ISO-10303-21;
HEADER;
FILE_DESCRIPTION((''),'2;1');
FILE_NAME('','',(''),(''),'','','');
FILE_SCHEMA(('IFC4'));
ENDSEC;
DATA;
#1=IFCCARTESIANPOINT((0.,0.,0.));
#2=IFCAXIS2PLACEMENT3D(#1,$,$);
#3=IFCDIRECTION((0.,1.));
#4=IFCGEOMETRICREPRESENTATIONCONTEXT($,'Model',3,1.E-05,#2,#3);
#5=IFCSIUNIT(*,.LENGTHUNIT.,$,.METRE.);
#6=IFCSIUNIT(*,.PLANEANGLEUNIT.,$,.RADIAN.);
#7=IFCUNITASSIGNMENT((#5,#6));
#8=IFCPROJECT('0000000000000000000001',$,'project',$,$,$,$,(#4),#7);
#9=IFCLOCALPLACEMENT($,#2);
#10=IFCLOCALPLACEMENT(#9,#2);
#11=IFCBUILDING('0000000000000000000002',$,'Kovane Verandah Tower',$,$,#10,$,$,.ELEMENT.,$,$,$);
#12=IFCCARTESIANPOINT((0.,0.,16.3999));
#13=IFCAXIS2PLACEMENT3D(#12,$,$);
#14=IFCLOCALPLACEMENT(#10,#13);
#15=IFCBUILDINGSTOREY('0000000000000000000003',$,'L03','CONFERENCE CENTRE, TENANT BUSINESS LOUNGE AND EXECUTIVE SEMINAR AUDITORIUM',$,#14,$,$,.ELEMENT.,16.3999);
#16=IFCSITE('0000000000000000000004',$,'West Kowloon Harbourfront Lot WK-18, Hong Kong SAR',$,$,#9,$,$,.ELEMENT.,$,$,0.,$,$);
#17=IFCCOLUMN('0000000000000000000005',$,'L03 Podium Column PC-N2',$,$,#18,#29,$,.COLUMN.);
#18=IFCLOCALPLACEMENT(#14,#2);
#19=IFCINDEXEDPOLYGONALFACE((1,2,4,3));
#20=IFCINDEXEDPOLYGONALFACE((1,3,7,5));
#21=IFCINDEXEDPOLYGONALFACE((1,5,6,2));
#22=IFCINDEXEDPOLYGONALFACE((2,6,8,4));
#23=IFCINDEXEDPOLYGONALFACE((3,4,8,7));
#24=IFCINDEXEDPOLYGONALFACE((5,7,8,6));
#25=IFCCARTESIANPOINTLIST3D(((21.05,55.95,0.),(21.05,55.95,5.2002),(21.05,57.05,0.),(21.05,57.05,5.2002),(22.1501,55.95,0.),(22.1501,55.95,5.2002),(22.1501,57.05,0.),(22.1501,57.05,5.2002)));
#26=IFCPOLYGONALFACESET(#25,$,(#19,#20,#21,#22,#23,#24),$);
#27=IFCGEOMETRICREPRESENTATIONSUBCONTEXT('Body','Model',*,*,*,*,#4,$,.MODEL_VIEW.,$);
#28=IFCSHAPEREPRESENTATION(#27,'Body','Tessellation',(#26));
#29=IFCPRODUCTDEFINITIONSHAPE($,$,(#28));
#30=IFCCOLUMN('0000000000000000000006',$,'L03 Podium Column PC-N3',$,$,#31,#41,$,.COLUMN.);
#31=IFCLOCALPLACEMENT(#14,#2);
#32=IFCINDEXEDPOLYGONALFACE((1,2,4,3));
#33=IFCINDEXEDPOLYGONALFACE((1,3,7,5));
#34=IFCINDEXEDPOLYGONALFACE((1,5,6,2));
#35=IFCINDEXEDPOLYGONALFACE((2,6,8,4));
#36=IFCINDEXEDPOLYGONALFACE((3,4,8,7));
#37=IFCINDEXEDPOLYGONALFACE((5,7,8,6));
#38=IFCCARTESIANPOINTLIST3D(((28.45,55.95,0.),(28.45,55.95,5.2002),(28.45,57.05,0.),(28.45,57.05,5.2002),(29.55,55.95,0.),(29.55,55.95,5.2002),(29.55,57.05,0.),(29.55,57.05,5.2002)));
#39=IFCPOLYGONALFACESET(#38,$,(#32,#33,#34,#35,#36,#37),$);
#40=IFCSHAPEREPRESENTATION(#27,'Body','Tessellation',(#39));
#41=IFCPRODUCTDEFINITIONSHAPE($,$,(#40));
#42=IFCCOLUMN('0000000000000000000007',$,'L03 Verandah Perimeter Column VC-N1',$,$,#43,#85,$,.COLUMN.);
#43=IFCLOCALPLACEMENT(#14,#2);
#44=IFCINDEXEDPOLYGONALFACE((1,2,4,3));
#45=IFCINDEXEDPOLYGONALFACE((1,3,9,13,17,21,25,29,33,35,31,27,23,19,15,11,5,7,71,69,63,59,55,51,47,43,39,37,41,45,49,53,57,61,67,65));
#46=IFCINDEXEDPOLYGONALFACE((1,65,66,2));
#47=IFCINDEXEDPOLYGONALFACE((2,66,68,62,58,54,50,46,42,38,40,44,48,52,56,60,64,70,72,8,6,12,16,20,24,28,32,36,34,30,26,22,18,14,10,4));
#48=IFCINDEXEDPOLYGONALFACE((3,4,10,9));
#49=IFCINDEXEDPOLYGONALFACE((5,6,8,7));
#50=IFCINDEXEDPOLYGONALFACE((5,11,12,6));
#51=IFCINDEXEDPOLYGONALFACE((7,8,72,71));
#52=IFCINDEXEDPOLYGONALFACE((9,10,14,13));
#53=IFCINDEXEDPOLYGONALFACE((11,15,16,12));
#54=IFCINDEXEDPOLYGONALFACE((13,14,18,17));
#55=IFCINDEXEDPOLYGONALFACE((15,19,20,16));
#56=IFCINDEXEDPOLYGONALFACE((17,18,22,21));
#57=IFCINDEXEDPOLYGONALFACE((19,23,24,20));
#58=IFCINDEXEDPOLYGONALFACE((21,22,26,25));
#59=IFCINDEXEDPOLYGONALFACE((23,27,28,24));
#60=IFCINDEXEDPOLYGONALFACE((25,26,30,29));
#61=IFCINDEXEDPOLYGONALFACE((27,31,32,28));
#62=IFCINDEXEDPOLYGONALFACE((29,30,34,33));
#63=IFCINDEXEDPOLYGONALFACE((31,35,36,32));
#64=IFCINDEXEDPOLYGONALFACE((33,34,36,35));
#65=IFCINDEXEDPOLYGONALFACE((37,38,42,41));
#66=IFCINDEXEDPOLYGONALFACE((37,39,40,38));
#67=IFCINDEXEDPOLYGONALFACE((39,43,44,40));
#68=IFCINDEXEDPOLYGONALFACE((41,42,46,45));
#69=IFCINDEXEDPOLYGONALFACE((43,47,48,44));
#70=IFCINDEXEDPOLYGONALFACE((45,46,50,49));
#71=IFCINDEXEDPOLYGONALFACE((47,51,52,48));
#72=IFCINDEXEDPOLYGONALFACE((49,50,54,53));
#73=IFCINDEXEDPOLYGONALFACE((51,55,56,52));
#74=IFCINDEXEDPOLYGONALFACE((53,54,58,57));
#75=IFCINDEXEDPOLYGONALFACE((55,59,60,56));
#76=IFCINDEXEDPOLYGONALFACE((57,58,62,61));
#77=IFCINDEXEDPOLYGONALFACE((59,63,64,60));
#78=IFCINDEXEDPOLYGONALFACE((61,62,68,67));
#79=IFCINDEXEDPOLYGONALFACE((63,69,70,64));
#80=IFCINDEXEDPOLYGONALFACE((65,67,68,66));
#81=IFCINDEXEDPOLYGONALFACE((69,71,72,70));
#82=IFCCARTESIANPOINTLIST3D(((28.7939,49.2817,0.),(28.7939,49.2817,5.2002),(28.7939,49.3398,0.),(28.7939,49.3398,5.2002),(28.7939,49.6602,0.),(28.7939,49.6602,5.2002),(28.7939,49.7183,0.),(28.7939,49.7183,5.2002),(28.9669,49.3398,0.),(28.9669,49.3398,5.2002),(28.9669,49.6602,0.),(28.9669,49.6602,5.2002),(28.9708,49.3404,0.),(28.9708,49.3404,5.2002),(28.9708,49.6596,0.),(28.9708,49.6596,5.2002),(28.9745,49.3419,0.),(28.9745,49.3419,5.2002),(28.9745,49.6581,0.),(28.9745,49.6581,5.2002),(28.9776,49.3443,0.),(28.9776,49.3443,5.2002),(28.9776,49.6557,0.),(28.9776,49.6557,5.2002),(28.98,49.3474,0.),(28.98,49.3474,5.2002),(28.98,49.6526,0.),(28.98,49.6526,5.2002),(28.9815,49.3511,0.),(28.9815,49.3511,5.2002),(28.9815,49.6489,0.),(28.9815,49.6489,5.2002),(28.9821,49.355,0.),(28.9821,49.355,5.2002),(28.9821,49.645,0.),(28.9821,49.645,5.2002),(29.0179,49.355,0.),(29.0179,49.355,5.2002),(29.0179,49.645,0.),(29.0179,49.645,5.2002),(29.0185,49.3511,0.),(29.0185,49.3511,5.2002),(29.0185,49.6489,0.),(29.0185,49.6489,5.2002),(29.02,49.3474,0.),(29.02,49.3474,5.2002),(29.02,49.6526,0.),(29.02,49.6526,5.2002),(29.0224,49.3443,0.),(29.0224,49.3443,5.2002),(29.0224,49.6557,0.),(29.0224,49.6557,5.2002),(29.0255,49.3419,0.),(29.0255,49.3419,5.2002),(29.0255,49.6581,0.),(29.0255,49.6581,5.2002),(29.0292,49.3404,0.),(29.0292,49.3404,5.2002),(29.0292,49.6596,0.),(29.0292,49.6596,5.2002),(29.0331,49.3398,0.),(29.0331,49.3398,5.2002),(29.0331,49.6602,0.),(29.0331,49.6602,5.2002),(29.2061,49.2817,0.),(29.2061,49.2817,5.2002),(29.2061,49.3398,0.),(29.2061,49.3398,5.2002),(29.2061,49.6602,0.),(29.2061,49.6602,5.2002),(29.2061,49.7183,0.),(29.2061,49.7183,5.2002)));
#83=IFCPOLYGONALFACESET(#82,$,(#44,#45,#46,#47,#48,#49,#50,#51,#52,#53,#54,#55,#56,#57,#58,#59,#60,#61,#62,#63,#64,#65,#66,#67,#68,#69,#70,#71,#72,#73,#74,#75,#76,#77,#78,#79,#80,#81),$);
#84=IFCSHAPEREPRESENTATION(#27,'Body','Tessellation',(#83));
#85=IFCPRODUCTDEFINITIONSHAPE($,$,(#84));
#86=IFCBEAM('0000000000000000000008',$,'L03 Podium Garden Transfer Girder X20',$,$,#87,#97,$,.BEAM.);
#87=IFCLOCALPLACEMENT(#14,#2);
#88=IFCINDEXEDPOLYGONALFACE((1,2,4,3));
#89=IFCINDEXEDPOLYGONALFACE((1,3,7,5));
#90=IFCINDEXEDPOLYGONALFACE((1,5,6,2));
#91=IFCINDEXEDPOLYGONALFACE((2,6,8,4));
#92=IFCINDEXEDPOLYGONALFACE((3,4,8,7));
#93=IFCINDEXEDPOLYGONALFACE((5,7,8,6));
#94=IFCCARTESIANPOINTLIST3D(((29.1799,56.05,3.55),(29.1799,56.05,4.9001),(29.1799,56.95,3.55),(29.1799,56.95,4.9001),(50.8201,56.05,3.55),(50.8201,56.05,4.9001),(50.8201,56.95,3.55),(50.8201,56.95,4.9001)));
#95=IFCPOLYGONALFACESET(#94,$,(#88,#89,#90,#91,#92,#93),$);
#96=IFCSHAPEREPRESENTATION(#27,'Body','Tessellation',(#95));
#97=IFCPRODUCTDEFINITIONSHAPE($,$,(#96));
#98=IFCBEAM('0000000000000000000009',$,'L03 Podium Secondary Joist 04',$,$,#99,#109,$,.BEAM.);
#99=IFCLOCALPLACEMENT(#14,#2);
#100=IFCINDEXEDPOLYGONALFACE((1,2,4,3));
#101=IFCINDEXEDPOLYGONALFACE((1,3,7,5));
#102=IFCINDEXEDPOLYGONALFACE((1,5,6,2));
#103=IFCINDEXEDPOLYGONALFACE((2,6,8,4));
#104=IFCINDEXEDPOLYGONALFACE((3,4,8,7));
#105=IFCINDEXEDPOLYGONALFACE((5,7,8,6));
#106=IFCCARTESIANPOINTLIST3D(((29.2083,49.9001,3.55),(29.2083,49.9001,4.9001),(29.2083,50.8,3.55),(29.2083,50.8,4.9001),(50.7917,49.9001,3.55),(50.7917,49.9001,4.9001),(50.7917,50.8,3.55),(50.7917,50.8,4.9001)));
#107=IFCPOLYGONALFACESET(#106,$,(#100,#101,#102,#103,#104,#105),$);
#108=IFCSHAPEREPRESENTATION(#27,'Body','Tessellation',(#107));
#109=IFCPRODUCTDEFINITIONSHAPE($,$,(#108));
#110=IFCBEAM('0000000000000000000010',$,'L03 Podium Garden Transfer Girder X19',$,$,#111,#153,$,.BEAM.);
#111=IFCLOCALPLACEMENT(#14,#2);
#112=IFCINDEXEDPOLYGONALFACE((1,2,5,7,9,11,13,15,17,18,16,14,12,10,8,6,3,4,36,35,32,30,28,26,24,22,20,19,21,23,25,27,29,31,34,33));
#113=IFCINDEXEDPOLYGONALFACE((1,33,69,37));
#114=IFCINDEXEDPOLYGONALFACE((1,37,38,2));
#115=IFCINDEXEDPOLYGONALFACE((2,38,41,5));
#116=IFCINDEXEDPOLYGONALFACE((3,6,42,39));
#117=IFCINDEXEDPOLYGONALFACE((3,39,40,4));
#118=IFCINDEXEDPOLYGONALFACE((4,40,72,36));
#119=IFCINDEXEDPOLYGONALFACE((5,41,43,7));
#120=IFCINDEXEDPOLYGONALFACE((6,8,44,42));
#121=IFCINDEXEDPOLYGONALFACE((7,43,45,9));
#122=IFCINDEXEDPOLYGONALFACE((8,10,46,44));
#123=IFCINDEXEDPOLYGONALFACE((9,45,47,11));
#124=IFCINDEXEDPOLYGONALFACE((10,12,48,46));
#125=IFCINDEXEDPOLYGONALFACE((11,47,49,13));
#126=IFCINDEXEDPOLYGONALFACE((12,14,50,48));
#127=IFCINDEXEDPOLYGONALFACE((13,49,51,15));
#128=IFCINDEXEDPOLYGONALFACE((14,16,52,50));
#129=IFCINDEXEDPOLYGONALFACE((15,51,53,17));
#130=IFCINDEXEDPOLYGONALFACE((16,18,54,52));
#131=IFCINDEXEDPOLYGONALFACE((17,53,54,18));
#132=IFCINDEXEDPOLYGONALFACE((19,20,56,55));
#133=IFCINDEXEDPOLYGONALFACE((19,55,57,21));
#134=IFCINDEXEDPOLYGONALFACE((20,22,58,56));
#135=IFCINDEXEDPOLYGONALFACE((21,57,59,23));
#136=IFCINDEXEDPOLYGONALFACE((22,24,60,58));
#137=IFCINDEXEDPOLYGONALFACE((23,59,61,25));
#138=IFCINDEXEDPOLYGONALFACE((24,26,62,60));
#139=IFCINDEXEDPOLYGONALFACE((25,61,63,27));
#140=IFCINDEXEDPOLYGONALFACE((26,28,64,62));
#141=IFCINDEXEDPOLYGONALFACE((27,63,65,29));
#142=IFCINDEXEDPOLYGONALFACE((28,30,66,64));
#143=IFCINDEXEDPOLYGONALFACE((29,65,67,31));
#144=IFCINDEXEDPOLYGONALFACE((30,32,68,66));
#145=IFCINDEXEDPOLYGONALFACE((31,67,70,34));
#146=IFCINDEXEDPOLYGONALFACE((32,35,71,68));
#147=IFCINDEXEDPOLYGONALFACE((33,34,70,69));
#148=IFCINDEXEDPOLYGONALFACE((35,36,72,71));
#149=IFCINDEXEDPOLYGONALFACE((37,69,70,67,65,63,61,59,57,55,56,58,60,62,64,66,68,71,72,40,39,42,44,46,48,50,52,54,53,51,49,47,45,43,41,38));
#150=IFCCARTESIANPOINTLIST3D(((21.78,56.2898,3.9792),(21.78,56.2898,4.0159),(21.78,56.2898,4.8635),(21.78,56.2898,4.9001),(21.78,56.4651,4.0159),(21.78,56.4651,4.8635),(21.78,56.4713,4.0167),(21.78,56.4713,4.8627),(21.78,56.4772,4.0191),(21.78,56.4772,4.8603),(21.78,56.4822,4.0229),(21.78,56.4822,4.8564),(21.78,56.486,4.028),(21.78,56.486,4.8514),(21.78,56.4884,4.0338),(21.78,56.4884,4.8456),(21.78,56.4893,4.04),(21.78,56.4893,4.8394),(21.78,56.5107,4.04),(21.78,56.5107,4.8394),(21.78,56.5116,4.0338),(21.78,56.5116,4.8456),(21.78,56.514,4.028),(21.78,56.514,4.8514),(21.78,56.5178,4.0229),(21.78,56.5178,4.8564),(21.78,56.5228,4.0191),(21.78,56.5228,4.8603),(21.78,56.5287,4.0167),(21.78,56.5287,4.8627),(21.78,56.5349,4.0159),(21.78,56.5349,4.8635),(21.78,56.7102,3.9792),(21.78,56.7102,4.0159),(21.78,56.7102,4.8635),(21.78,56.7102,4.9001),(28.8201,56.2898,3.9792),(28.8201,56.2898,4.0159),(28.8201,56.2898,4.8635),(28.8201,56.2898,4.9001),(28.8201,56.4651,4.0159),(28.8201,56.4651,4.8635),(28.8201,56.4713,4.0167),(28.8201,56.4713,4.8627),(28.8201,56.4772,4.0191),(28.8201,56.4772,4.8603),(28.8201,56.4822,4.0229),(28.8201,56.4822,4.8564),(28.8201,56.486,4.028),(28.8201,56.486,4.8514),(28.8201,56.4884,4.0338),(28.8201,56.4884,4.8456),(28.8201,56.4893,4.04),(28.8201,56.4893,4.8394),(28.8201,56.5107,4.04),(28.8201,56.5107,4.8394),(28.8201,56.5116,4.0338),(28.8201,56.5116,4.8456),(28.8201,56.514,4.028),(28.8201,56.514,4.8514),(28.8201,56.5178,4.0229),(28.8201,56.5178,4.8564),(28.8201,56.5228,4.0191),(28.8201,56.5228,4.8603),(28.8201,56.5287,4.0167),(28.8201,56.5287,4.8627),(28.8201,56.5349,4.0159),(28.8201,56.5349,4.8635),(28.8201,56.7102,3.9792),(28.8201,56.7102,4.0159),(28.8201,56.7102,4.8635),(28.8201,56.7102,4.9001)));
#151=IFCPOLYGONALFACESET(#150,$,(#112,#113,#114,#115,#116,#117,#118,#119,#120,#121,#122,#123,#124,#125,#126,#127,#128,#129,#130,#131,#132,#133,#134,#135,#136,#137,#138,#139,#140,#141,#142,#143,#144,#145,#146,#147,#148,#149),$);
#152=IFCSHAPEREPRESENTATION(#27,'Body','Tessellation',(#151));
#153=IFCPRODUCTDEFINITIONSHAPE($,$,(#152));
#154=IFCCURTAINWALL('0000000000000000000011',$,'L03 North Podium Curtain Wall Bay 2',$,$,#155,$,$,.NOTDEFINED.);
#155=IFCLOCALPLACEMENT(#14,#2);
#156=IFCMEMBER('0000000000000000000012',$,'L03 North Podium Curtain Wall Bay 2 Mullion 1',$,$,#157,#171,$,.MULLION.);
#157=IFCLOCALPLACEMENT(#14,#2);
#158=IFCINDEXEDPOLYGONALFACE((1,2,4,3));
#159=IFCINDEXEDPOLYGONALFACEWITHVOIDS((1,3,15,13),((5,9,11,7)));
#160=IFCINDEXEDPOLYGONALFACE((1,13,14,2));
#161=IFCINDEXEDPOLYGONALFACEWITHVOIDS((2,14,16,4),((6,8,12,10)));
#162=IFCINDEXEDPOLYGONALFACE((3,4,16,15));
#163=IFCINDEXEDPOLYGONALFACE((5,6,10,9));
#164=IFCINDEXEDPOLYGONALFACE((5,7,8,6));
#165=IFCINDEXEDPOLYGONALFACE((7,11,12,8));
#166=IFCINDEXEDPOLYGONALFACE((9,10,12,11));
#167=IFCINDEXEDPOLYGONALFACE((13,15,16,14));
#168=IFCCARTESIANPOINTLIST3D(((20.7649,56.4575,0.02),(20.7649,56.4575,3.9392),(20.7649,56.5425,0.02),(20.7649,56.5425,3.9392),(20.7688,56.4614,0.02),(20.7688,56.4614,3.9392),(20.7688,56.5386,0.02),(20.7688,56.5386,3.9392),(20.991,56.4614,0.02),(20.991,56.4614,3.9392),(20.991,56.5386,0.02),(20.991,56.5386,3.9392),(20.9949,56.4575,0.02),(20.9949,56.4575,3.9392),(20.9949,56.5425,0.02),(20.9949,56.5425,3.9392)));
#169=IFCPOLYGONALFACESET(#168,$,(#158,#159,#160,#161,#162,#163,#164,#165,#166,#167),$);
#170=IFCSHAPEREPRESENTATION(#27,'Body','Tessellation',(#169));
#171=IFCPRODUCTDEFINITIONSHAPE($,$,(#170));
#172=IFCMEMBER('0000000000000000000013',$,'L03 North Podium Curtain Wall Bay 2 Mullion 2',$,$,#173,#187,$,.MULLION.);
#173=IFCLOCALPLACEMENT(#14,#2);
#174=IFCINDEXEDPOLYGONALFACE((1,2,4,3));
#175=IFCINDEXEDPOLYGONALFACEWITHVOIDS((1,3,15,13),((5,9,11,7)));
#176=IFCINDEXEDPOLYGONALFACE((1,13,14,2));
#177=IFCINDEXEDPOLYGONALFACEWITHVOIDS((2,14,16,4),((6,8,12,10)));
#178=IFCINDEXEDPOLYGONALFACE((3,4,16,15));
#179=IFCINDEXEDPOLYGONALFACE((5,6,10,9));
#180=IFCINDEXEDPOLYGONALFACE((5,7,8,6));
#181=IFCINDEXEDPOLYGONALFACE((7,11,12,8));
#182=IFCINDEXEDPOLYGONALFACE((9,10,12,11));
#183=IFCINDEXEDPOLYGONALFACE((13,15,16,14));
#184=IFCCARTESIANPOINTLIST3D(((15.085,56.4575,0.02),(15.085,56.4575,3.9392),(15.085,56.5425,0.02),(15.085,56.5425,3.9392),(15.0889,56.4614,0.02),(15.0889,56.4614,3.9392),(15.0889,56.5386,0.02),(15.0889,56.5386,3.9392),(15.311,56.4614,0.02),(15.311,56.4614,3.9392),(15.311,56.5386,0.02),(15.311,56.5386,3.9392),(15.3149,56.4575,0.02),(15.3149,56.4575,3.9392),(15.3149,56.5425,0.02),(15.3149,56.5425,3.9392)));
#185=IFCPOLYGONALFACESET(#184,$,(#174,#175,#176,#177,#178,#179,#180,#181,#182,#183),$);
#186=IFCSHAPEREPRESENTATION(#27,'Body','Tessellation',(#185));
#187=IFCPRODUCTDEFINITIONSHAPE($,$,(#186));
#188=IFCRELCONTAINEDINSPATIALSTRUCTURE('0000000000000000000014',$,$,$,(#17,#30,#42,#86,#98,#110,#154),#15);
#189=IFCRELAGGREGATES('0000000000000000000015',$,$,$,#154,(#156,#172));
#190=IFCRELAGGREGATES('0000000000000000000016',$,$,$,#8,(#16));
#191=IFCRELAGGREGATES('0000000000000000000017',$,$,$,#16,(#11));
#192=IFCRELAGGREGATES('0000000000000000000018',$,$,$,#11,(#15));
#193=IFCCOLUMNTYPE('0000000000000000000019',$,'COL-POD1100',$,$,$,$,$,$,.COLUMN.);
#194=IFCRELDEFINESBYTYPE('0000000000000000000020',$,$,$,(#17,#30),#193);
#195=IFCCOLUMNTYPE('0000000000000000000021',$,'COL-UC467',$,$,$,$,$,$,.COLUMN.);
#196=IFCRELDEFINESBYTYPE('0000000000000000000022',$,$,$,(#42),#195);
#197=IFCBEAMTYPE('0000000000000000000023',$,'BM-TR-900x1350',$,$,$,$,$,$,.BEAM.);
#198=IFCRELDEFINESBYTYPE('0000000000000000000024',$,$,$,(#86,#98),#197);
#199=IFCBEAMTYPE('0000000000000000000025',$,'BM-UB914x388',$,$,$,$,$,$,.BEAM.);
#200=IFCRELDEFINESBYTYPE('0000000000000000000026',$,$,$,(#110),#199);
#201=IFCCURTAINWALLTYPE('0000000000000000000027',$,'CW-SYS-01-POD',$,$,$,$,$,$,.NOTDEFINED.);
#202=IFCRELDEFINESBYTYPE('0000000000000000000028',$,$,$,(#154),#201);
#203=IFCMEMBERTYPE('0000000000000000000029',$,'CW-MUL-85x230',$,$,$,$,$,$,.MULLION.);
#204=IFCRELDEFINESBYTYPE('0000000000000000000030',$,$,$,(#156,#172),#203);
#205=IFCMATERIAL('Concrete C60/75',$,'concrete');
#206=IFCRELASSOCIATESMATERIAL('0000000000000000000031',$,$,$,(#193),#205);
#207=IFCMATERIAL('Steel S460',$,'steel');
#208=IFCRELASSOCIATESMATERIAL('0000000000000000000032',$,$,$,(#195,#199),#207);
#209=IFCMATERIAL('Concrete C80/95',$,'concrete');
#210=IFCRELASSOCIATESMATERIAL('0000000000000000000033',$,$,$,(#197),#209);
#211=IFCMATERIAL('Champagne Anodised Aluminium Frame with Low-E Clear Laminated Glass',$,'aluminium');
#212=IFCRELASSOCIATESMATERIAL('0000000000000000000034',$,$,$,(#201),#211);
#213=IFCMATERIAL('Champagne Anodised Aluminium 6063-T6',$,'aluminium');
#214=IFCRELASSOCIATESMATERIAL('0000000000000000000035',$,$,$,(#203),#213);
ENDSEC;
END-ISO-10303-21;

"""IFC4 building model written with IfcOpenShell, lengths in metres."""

from ifc_helpers import new_model, si_unit, direction, frame, origin, origin_2d, place, context, subcontext, project, spatial, rectangle, hollow_rectangle, i_section, extrude, material, material_profile, profile_set, type_object, element, aggregate, save


model = new_model("IFC4")

# Units and contexts
model_context = context("Model", 3, precision=1e-05, world=origin(), true_north=direction((0.0, 1.0)))
body_context = subcontext(model_context, "Body", "Model", "MODEL_VIEW")
ifc_project = project(units=[si_unit("LENGTHUNIT", "METRE"), si_unit("PLANEANGLEUNIT", "RADIAN")], contexts=[model_context])

# Site, building, storey
site_placement = place(None, origin())
site = spatial("IfcSite", under=ifc_project, at=site_placement, Name="West Kowloon Harbourfront Lot WK-18, Hong Kong SAR", CompositionType="ELEMENT", RefElevation=0.0)
building_placement = place(site_placement, origin())
building = spatial("IfcBuilding", under=site, at=building_placement, Name="Kovane Verandah Tower", CompositionType="ELEMENT")
storey_placement = place(building_placement, frame((0.0, 0.0, 16.3999)))
storey = spatial("IfcBuildingStorey", under=building, at=storey_placement, Name="L03", Description="CONFERENCE CENTRE, TENANT BUSINESS LOUNGE AND EXECUTIVE SEMINAR AUDITORIUM", CompositionType="ELEMENT", Elevation=16.3999)

# Columns
ifc_material_1 = material(Name="Concrete C60/75", Category="concrete")
ifc_material_profile_1 = material_profile(ifc_material_1, rectangle(XDim=1.1001, YDim=1.1001, at=origin_2d()), Name="RC1100x1100")
ifc_profile_set_1 = profile_set([ifc_material_profile_1], Name="Concrete C60/75")
column_type_1 = type_object("IfcColumnType", Name="COL-POD1100", PredefinedType="COLUMN", material=ifc_profile_set_1)
for number, where, z_axis, x_axis, name in (
    (1, (21.6001, 56.5, 0.0), (0.0, 0.0, 1.0), (1.0, 0.0, 0.0), "L03 Podium Column PC-N2"),
    (2, (29.0, 56.5, 0.0), (0.0, 0.0, 1.0), (1.0, 0.0, 0.0), "L03 Podium Column PC-N3"),
):
    element("IfcColumn", number, at=place(storey_placement, frame(where, z_axis=z_axis, x_axis=x_axis)), inside=storey, type_object=column_type_1, Name=name, PredefinedType="COLUMN", context=body_context, shape_type="SweptSolid", body=[
        extrude(rectangle(XDim=1.1001, YDim=1.1001, at=origin_2d()), origin(), (0.0, 0.0, 1.0), 5.2002),
    ])
ifc_material_2 = material(Name="Steel S460", Category="steel")
ifc_material_profile_2 = material_profile(ifc_material_2, i_section(OverallWidth=0.4121, OverallDepth=0.4365, WebThickness=0.0359, FlangeThickness=0.0581, FilletRadius=0.0151, at=origin_2d()), Name="UC356x406x467")
ifc_profile_set_2 = profile_set([ifc_material_profile_2], Name="Steel S460")
column_type_2 = type_object("IfcColumnType", Name="COL-UC467", PredefinedType="COLUMN", material=ifc_profile_set_2)
column_placement = place(storey_placement, frame((29.0, 49.5, 0.0), z_axis=(0.0, 0.0, 1.0), x_axis=(1.0, 0.0, 0.0)))
element("IfcColumn", 3, at=column_placement, inside=storey, type_object=column_type_2, Name="L03 Verandah Perimeter Column VC-N1", PredefinedType="COLUMN", context=body_context, shape_type="SweptSolid", body=[
    extrude(i_section(OverallWidth=0.4121, OverallDepth=0.4365, WebThickness=0.0359, FlangeThickness=0.0581, FilletRadius=0.0151, at=origin_2d()), origin(), (0.0, 0.0, 1.0), 5.2002),
])

# Beams
ifc_material_3 = material(Name="Concrete C80/95", Category="concrete")
ifc_material_profile_3 = material_profile(ifc_material_3, rectangle(XDim=0.8999, YDim=1.3501, at=origin_2d()), Name="RCB900x1350")
ifc_profile_set_3 = profile_set([ifc_material_profile_3], Name="Concrete C80/95")
beam_type_1 = type_object("IfcBeamType", Name="BM-TR-900x1350", PredefinedType="BEAM", material=ifc_profile_set_3)
beam_1_placement = place(storey_placement, frame((29.1799, 56.5, 4.2251), z_axis=(1.0, 0.0, 0.0), x_axis=(0.0, 1.0, 0.0)))
element("IfcBeam", 4, at=beam_1_placement, inside=storey, type_object=beam_type_1, Name="L03 Podium Garden Transfer Girder X20", PredefinedType="BEAM", context=body_context, shape_type="SweptSolid", body=[
    extrude(rectangle(XDim=0.8999, YDim=1.3501, at=origin_2d()), origin(), (0.0, 0.0, 1.0), 21.6401),
])
beam_2_placement = place(storey_placement, frame((29.2083, 50.3501, 4.2251), z_axis=(1.0, 0.0, 0.0), x_axis=(0.0, 1.0, 0.0)))
element("IfcBeam", 5, at=beam_2_placement, inside=storey, type_object=beam_type_1, Name="L03 Podium Secondary Joist 04", PredefinedType="BEAM", context=body_context, shape_type="SweptSolid", body=[
    extrude(rectangle(XDim=0.8999, YDim=1.3501, at=origin_2d()), origin(), (0.0, 0.0, 1.0), 21.5835),
])
ifc_material_profile_4 = material_profile(ifc_material_2, i_section(OverallWidth=0.4204, OverallDepth=0.9209, WebThickness=0.0215, FlangeThickness=0.0366, FilletRadius=0.0242, at=origin_2d()), Name="UB914x419x388")
ifc_profile_set_4 = profile_set([ifc_material_profile_4], Name="Steel S460")
beam_type_2 = type_object("IfcBeamType", Name="BM-UB914x388", PredefinedType="BEAM", material=ifc_profile_set_4)
beam_3_placement = place(storey_placement, frame((21.78, 56.5, 4.4397), z_axis=(1.0, 0.0, 0.0), x_axis=(0.0, 1.0, 0.0)))
element("IfcBeam", 6, at=beam_3_placement, inside=storey, type_object=beam_type_2, Name="L03 Podium Garden Transfer Girder X19", PredefinedType="BEAM", context=body_context, shape_type="SweptSolid", body=[
    extrude(i_section(OverallWidth=0.4204, OverallDepth=0.9209, WebThickness=0.0215, FlangeThickness=0.0366, FilletRadius=0.0242, at=origin_2d()), origin(), (0.0, 0.0, 1.0), 7.04),
])

# Curtain wall, members
ifc_material_4 = material(Name="Champagne Anodised Aluminium Frame with Low-E Clear Laminated Glass", Category="aluminium")
curtain_wall_type = type_object("IfcCurtainWallType", Name="CW-SYS-01-POD", PredefinedType="NOTDEFINED", material=ifc_material_4)
curtain_wall_1_placement = place(storey_placement, origin())
curtain_wall_1 = element("IfcCurtainWall", 7, at=curtain_wall_1_placement, inside=storey, type_object=curtain_wall_type, Name="L03 North Podium Curtain Wall Bay 2", PredefinedType="NOTDEFINED")
ifc_material_5 = material(Name="Champagne Anodised Aluminium 6063-T6", Category="aluminium")
ifc_material_profile_5 = material_profile(ifc_material_5, hollow_rectangle(XDim=0.085, YDim=0.23, WallThickness=0.0039, at=origin_2d()), Name="AL85x230x4")
ifc_profile_set_5 = profile_set([ifc_material_profile_5], Name="Champagne Anodised Aluminium 6063-T6")
member_type_1 = type_object("IfcMemberType", Name="CW-MUL-85x230", PredefinedType="MULLION", material=ifc_profile_set_5)
member_1_placement = place(storey_placement, frame((20.8799, 56.5, 0.02), z_axis=(0.0, 0.0, 1.0), x_axis=(0.0, 1.0, 0.0)))
member_1 = element("IfcMember", 8, at=member_1_placement, type_object=member_type_1, Name="L03 North Podium Curtain Wall Bay 2 Mullion 1", PredefinedType="MULLION", context=body_context, shape_type="SweptSolid", body=[
    extrude(hollow_rectangle(XDim=0.085, YDim=0.23, WallThickness=0.0039, at=origin_2d()), origin(), (0.0, 0.0, 1.0), 3.9192),
])
member_2_placement = place(storey_placement, frame((15.2, 56.5, 0.02), z_axis=(0.0, 0.0, 1.0), x_axis=(0.0, 1.0, 0.0)))
member_2 = element("IfcMember", 9, at=member_2_placement, type_object=member_type_1, Name="L03 North Podium Curtain Wall Bay 2 Mullion 2", PredefinedType="MULLION", context=body_context, shape_type="SweptSolid", body=[
    extrude(hollow_rectangle(XDim=0.085, YDim=0.23, WallThickness=0.0039, at=origin_2d()), origin(), (0.0, 0.0, 1.0), 3.9192),
])

aggregate(curtain_wall_1, [member_1, member_2])

save(model, "model.ifc")
